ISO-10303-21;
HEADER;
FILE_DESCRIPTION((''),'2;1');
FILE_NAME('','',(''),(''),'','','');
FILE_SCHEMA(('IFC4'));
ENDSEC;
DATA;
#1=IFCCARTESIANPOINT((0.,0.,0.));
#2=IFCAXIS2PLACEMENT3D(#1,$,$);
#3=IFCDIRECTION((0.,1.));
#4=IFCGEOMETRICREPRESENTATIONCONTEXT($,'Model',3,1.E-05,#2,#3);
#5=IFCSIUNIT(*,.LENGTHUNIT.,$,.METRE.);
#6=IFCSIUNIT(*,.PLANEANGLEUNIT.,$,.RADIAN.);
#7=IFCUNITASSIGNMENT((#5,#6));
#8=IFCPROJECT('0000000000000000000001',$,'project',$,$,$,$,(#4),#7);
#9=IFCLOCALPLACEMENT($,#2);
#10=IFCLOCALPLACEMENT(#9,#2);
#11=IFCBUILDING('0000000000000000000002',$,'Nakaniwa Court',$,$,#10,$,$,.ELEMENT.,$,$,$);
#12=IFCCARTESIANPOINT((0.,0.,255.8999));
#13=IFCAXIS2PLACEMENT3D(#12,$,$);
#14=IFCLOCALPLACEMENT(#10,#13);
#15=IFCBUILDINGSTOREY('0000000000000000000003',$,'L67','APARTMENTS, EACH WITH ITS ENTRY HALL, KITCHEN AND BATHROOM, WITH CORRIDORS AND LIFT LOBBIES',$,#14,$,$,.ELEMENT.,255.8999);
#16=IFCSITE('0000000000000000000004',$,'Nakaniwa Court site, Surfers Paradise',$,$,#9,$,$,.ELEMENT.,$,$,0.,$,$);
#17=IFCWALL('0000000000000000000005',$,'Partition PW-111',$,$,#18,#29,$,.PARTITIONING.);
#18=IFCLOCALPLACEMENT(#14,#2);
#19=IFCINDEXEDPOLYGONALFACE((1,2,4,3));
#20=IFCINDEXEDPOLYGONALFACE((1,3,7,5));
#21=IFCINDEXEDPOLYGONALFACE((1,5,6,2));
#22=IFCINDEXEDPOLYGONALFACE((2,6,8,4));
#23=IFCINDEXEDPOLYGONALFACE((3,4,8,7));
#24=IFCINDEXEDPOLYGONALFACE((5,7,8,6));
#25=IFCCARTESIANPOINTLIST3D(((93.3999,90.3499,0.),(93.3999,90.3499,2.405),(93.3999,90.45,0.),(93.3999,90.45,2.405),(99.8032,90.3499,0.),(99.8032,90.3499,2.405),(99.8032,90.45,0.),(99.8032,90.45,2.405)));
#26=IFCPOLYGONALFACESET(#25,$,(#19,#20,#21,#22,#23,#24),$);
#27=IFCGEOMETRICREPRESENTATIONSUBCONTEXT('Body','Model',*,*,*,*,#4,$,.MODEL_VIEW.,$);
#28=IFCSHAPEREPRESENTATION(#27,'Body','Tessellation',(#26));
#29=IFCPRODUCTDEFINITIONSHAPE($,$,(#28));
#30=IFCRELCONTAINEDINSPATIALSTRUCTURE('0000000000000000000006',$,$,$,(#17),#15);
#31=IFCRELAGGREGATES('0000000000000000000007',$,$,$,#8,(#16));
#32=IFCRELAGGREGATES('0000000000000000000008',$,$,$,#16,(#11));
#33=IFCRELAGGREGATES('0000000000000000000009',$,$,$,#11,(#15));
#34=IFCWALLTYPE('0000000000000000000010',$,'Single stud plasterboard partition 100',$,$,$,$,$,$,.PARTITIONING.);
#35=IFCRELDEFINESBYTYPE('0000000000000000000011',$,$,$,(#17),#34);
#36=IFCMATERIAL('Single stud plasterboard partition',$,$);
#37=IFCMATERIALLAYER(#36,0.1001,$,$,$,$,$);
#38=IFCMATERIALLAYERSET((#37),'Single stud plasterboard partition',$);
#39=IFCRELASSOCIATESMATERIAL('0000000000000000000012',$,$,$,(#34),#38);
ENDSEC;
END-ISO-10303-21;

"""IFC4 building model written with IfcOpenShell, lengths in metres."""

from ifc_helpers import new_model, si_unit, direction, frame, frame_2d, origin, place, context, subcontext, project, spatial, rectangle, extrude, material, layer, layer_set, type_object, element, save


model = new_model("IFC4")

# Units and contexts
model_context = context("Model", 3, precision=1e-05, world=origin(), true_north=direction((0.0, 1.0)))
body_context = subcontext(model_context, "Body", "Model", "MODEL_VIEW")
ifc_project = project(units=[si_unit("LENGTHUNIT", "METRE"), si_unit("PLANEANGLEUNIT", "RADIAN")], contexts=[model_context])

# Site, building, storey
site_placement = place(None, origin())
site = spatial("IfcSite", under=ifc_project, at=site_placement, Name="Nakaniwa Court site, Surfers Paradise", CompositionType="ELEMENT", RefElevation=0.0)
building_placement = place(site_placement, origin())
building = spatial("IfcBuilding", under=site, at=building_placement, Name="Nakaniwa Court", CompositionType="ELEMENT")
storey_placement = place(building_placement, frame((0.0, 0.0, 255.8999)))
storey = spatial("IfcBuildingStorey", under=building, at=storey_placement, Name="L67", Description="APARTMENTS, EACH WITH ITS ENTRY HALL, KITCHEN AND BATHROOM, WITH CORRIDORS AND LIFT LOBBIES", CompositionType="ELEMENT", Elevation=255.8999)

# Shared definitions
ifc_material_1 = material(Name="Single stud plasterboard partition")
ifc_layer_1 = layer(ifc_material_1, 0.1001)
ifc_layer_set_1 = layer_set([ifc_layer_1], Name="Single stud plasterboard partition")
wall_type_1 = type_object("IfcWallType", Name="Single stud plasterboard partition 100", PredefinedType="PARTITIONING", material=ifc_layer_set_1)

# Wall
wall_1_placement = place(storey_placement, frame((93.3999, 90.3999, 0.0), z_axis=(0.0, 0.0, 1.0), x_axis=(1.0, 0.0, 0.0)))
element("IfcWall", 1, at=wall_1_placement, inside=storey, type_object=wall_type_1, Name="Partition PW-111", PredefinedType="PARTITIONING", context=body_context, shape_type="SweptSolid", body=[
    extrude(rectangle(XDim=6.4033, YDim=0.1001, at=frame_2d((3.2017, 0.0))), origin(), (0.0, 0.0, 1.0), 2.405),
])

save(model, "model.ifc")
